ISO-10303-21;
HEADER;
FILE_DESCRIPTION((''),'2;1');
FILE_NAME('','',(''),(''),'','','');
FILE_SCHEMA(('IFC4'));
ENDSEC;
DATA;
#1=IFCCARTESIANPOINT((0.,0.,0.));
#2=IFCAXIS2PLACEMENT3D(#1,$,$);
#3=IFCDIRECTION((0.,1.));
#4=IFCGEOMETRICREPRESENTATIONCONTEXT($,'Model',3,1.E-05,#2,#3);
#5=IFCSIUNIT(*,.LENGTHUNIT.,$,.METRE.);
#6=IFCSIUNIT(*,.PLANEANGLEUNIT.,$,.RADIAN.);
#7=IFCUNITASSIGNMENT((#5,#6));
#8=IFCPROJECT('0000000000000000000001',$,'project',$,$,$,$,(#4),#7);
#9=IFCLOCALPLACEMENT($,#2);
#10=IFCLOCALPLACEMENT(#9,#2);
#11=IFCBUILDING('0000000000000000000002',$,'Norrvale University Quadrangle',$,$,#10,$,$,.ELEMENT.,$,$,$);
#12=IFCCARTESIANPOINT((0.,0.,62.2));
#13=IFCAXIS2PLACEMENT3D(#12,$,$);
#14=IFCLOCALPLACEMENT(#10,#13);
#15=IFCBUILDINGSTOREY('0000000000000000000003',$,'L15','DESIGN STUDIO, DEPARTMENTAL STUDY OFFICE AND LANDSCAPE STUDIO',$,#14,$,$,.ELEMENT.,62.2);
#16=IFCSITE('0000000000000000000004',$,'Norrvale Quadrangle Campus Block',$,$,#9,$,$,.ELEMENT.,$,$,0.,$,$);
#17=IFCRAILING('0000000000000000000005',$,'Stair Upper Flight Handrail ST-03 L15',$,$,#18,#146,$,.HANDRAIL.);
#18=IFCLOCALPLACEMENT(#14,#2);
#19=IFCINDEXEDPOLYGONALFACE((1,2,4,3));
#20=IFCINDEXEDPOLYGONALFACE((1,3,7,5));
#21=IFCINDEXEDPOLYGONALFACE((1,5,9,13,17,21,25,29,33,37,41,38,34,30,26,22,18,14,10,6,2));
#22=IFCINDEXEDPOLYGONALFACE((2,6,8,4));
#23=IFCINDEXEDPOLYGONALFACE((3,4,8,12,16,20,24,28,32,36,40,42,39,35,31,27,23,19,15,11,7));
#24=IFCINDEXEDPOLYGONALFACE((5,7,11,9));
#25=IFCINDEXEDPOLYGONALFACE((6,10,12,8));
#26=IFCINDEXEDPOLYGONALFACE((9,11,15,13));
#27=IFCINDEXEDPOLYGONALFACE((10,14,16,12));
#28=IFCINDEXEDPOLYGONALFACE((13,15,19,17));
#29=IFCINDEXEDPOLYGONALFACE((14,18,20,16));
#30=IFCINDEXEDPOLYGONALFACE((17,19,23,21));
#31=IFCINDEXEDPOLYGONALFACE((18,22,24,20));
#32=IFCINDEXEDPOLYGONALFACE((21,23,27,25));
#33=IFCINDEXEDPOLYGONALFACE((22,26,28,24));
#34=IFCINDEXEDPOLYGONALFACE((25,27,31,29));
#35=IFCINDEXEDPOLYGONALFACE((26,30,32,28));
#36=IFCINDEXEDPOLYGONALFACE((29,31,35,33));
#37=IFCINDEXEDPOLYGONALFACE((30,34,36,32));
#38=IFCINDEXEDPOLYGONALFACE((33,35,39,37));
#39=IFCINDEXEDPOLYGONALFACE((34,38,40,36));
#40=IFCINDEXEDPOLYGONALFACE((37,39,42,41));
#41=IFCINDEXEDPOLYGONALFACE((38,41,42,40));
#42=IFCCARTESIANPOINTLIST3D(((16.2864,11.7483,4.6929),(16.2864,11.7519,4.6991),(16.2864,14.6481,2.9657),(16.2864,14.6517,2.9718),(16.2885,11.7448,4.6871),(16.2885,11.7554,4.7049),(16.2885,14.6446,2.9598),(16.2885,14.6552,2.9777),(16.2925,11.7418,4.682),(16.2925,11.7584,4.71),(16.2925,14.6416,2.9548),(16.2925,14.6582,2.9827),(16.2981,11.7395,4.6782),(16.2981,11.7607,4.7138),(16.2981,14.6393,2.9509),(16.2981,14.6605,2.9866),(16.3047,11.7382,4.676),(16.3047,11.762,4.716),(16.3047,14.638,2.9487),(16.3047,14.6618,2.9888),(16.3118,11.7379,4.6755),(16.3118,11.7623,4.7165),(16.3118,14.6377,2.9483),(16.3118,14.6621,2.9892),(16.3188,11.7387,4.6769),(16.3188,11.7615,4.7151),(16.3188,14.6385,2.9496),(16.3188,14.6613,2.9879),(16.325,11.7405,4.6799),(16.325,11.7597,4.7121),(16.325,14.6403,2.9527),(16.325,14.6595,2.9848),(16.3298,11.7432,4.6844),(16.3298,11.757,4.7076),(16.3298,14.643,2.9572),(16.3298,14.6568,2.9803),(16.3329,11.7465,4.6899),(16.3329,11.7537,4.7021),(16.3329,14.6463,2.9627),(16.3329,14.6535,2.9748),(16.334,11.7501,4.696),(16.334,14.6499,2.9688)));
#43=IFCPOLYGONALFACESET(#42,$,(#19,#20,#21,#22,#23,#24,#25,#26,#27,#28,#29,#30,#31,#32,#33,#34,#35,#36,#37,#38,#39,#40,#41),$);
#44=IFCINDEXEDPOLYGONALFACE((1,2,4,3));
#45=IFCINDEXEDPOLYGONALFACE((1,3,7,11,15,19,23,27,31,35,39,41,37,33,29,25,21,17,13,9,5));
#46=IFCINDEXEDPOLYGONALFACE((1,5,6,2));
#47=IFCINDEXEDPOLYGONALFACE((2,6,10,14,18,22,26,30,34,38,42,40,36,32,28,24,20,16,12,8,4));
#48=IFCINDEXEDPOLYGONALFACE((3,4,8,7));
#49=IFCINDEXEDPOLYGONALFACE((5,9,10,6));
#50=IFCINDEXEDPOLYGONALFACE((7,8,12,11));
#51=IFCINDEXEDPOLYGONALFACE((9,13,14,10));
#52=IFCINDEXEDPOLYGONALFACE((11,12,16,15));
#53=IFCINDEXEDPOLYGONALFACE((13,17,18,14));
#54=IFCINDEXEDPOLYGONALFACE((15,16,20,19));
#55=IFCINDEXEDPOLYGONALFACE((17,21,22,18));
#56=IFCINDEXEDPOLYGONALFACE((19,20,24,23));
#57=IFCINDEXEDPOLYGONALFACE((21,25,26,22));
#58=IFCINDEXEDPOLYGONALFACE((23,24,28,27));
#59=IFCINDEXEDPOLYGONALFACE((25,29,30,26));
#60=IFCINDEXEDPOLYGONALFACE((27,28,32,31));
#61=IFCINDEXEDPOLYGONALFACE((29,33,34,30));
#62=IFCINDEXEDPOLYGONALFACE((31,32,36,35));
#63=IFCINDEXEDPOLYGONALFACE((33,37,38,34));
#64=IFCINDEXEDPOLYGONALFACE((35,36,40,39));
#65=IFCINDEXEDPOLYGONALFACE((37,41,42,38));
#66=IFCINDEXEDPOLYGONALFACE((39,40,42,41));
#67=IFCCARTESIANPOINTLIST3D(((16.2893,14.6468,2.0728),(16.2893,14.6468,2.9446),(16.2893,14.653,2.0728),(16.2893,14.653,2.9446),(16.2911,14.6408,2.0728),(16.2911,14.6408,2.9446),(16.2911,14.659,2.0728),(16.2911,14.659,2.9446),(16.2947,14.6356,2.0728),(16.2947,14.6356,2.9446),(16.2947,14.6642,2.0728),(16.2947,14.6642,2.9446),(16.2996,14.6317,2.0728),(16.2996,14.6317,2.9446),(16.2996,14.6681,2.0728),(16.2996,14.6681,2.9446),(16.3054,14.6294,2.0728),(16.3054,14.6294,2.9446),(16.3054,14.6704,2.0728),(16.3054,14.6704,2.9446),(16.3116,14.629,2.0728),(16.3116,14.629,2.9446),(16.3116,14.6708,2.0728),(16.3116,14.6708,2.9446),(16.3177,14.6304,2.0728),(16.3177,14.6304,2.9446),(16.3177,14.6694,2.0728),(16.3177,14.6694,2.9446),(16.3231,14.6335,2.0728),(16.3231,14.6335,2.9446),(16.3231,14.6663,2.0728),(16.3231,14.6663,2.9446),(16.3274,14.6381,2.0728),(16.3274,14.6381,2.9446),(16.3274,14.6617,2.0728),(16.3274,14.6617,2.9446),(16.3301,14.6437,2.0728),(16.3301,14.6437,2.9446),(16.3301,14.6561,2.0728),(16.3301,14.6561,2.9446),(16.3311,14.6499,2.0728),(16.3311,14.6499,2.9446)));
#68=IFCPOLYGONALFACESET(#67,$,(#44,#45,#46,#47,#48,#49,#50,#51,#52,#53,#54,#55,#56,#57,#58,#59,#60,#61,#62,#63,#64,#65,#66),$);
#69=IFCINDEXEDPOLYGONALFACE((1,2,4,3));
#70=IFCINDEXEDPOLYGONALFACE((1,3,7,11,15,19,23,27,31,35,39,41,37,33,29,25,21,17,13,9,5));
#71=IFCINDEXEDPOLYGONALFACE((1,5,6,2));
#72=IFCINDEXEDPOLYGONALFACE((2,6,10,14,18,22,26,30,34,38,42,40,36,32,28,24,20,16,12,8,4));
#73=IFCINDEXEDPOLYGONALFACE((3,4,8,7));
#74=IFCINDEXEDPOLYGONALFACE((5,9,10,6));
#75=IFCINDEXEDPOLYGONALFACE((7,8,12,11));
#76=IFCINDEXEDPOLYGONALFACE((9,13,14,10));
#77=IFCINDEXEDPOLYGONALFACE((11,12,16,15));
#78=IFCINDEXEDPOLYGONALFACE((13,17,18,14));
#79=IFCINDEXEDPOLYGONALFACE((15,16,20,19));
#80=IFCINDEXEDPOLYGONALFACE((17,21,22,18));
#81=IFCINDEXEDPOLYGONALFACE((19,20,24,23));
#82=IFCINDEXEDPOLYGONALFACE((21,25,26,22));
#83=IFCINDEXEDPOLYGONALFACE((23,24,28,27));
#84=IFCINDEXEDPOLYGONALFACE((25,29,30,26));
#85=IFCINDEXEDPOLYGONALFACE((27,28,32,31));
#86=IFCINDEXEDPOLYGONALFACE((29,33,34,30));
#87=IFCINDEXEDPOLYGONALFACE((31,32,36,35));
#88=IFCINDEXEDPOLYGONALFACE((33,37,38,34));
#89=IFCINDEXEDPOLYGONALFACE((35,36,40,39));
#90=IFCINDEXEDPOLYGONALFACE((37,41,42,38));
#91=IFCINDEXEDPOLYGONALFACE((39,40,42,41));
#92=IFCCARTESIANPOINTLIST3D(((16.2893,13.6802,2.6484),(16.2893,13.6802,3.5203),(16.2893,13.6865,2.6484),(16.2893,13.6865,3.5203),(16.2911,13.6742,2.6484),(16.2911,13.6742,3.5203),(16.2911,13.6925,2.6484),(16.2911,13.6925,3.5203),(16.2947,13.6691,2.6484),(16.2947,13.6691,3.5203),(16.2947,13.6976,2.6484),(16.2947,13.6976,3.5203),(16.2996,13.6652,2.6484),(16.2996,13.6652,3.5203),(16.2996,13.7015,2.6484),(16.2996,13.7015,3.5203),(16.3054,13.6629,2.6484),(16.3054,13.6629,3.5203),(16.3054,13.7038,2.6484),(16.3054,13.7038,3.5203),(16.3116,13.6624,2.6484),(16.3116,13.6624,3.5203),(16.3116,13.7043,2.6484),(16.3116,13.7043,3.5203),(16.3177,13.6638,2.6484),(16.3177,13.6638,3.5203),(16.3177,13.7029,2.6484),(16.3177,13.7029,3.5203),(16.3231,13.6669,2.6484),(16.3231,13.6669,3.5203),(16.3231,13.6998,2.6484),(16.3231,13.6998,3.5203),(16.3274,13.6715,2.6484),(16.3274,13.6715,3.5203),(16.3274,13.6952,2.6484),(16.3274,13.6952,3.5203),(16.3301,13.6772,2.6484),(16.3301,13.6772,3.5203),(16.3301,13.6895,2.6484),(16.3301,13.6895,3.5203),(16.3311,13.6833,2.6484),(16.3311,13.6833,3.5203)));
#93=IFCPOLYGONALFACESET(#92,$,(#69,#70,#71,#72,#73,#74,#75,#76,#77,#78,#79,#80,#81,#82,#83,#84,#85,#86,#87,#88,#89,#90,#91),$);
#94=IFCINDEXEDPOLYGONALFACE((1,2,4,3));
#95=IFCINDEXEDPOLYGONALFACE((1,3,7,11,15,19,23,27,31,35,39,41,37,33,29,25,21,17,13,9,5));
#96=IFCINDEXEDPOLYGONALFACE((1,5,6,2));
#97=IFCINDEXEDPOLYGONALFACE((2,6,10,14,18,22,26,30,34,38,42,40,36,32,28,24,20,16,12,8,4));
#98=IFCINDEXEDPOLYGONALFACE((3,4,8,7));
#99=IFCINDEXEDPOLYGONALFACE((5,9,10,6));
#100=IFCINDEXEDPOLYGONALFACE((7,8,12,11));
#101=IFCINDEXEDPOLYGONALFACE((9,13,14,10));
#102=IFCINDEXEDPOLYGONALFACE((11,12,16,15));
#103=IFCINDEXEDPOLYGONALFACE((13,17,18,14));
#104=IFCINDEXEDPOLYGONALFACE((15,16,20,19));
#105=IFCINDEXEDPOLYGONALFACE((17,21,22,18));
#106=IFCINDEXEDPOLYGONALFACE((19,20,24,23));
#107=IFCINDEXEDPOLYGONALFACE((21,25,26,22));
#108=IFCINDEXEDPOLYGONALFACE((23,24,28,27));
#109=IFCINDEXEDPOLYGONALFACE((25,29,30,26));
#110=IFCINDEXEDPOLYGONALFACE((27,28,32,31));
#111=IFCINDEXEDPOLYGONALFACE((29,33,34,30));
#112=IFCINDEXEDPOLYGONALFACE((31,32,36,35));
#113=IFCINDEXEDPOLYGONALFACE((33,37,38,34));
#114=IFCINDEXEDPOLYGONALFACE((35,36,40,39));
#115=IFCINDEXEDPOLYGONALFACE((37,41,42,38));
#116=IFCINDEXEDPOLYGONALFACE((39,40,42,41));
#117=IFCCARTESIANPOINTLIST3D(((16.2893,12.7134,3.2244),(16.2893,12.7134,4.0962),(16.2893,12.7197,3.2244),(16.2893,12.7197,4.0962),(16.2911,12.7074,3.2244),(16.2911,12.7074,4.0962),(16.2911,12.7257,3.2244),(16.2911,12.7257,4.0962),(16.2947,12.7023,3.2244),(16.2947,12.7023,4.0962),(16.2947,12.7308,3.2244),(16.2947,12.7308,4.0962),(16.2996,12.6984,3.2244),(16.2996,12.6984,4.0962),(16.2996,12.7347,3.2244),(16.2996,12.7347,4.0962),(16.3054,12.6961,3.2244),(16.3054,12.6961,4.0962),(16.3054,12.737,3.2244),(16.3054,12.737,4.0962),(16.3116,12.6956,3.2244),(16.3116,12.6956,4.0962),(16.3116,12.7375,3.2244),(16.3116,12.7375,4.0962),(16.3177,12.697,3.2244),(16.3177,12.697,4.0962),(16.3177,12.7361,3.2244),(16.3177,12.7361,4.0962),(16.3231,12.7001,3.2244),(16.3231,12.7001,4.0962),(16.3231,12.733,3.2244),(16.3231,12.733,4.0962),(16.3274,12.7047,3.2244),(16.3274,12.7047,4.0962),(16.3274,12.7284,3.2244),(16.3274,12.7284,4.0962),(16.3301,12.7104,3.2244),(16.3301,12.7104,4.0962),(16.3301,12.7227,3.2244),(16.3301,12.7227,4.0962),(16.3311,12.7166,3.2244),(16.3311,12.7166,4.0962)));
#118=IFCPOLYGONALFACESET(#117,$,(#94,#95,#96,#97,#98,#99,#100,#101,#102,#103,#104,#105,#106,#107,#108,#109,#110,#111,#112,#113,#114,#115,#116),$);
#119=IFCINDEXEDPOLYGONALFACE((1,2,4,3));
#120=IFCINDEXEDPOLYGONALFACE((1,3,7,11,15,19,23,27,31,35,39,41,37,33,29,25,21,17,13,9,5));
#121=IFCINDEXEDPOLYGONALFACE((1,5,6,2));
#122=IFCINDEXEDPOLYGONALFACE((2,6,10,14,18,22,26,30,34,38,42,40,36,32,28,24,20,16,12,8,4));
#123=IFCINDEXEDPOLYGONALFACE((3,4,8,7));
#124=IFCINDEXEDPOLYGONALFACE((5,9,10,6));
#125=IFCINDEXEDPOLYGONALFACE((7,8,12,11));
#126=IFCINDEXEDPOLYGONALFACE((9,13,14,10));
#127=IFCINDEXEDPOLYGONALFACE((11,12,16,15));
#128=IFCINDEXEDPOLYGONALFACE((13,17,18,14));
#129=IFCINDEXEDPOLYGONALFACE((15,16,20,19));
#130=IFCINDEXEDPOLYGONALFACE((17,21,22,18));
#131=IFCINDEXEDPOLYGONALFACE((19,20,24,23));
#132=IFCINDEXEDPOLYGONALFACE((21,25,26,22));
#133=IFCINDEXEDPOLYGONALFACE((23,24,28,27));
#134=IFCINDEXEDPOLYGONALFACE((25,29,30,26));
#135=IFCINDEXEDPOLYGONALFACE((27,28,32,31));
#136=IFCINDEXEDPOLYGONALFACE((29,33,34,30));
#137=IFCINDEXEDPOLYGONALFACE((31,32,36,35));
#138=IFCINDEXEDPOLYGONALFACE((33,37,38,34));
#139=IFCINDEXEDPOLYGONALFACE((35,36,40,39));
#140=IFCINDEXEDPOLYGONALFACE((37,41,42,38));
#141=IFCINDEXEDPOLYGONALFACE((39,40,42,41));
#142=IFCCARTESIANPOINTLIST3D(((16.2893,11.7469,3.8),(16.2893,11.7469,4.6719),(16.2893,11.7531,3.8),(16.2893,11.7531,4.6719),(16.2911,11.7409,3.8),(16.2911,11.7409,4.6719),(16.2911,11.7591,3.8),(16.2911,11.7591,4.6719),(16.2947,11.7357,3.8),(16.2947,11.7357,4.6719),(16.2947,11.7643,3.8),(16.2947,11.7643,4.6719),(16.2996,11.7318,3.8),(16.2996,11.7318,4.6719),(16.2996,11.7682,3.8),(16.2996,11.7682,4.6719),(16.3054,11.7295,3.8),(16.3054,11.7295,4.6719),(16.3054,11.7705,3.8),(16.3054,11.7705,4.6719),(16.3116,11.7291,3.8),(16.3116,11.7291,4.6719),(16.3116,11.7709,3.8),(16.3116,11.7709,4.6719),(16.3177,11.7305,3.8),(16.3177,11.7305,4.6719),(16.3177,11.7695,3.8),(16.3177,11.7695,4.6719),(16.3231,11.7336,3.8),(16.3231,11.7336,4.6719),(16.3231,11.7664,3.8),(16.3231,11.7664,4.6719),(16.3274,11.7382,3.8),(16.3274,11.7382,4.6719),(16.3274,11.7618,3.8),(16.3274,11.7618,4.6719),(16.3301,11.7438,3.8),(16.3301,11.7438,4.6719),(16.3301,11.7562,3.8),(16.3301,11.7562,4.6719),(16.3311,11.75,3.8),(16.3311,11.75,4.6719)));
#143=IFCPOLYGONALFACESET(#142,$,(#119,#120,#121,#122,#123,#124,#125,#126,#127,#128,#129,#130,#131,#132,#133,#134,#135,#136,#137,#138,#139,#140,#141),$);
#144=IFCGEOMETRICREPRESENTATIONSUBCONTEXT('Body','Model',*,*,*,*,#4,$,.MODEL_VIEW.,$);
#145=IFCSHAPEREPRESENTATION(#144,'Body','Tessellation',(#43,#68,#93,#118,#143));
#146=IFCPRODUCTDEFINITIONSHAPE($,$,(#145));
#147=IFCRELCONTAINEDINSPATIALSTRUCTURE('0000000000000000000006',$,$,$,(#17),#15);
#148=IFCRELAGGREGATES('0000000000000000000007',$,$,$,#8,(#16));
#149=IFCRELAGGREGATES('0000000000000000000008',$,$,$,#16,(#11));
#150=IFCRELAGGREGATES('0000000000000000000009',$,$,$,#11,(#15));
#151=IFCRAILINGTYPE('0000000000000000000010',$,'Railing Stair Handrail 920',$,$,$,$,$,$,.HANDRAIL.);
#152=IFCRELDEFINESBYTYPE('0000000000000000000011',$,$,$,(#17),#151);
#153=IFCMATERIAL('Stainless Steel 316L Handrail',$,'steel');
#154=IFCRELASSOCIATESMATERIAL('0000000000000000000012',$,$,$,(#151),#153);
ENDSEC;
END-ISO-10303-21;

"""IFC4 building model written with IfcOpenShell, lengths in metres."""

from ifc_helpers import new_model, si_unit, direction, frame, origin, origin_2d, place, context, subcontext, project, spatial, circle, extrude, material, type_object, element, save


model = new_model("IFC4")

# Units and contexts
model_context = context("Model", 3, precision=1e-05, world=origin(), true_north=direction((0.0, 1.0)))
body_context = subcontext(model_context, "Body", "Model", "MODEL_VIEW")
ifc_project = project(units=[si_unit("LENGTHUNIT", "METRE"), si_unit("PLANEANGLEUNIT", "RADIAN")], contexts=[model_context])

# Site, building, storey
site_placement = place(None, origin())
site = spatial("IfcSite", under=ifc_project, at=site_placement, Name="Norrvale Quadrangle Campus Block", CompositionType="ELEMENT", RefElevation=0.0)
building_placement = place(site_placement, origin())
building = spatial("IfcBuilding", under=site, at=building_placement, Name="Norrvale University Quadrangle", CompositionType="ELEMENT")
storey_placement = place(building_placement, frame((0.0, 0.0, 62.2)))
storey = spatial("IfcBuildingStorey", under=building, at=storey_placement, Name="L15", Description="DESIGN STUDIO, DEPARTMENTAL STUDY OFFICE AND LANDSCAPE STUDIO", CompositionType="ELEMENT", Elevation=62.2)

# Railing
ifc_material_1 = material(Name="Stainless Steel 316L Handrail", Category="steel")
railing_type_1 = type_object("IfcRailingType", Name="Railing Stair Handrail 920", PredefinedType="HANDRAIL", material=ifc_material_1)
railing_1_placement = place(storey_placement, frame((16.3101, 14.6499, 2.0728)))
element("IfcRailing", 1, at=railing_1_placement, inside=storey, type_object=railing_type_1, Name="Stair Upper Flight Handrail ST-03 L15", PredefinedType="HANDRAIL", context=body_context, shape_type="SweptSolid", body=[
    extrude(circle(Radius=0.0239, at=origin_2d()), frame((0.0, 0.0, 0.896), z_axis=(0.0, -0.859141, 0.511738), x_axis=(1.0, 0.0, 0.0)), (0.0, 0.0, 1.0), 3.3752),
    extrude(circle(Radius=0.021, at=origin_2d()), origin(), (0.0, 0.0, 1.0), 0.8718),
    extrude(circle(Radius=0.021, at=origin_2d()), frame((0.0, -0.9666, 0.5757)), (0.0, 0.0, 1.0), 0.8718),
    extrude(circle(Radius=0.021, at=origin_2d()), frame((0.0, -1.9333, 1.1516)), (0.0, 0.0, 1.0), 0.8718),
    extrude(circle(Radius=0.021, at=origin_2d()), frame((0.0, -2.8999, 1.7273)), (0.0, 0.0, 1.0), 0.8718),
])

save(model, "model.ifc")
